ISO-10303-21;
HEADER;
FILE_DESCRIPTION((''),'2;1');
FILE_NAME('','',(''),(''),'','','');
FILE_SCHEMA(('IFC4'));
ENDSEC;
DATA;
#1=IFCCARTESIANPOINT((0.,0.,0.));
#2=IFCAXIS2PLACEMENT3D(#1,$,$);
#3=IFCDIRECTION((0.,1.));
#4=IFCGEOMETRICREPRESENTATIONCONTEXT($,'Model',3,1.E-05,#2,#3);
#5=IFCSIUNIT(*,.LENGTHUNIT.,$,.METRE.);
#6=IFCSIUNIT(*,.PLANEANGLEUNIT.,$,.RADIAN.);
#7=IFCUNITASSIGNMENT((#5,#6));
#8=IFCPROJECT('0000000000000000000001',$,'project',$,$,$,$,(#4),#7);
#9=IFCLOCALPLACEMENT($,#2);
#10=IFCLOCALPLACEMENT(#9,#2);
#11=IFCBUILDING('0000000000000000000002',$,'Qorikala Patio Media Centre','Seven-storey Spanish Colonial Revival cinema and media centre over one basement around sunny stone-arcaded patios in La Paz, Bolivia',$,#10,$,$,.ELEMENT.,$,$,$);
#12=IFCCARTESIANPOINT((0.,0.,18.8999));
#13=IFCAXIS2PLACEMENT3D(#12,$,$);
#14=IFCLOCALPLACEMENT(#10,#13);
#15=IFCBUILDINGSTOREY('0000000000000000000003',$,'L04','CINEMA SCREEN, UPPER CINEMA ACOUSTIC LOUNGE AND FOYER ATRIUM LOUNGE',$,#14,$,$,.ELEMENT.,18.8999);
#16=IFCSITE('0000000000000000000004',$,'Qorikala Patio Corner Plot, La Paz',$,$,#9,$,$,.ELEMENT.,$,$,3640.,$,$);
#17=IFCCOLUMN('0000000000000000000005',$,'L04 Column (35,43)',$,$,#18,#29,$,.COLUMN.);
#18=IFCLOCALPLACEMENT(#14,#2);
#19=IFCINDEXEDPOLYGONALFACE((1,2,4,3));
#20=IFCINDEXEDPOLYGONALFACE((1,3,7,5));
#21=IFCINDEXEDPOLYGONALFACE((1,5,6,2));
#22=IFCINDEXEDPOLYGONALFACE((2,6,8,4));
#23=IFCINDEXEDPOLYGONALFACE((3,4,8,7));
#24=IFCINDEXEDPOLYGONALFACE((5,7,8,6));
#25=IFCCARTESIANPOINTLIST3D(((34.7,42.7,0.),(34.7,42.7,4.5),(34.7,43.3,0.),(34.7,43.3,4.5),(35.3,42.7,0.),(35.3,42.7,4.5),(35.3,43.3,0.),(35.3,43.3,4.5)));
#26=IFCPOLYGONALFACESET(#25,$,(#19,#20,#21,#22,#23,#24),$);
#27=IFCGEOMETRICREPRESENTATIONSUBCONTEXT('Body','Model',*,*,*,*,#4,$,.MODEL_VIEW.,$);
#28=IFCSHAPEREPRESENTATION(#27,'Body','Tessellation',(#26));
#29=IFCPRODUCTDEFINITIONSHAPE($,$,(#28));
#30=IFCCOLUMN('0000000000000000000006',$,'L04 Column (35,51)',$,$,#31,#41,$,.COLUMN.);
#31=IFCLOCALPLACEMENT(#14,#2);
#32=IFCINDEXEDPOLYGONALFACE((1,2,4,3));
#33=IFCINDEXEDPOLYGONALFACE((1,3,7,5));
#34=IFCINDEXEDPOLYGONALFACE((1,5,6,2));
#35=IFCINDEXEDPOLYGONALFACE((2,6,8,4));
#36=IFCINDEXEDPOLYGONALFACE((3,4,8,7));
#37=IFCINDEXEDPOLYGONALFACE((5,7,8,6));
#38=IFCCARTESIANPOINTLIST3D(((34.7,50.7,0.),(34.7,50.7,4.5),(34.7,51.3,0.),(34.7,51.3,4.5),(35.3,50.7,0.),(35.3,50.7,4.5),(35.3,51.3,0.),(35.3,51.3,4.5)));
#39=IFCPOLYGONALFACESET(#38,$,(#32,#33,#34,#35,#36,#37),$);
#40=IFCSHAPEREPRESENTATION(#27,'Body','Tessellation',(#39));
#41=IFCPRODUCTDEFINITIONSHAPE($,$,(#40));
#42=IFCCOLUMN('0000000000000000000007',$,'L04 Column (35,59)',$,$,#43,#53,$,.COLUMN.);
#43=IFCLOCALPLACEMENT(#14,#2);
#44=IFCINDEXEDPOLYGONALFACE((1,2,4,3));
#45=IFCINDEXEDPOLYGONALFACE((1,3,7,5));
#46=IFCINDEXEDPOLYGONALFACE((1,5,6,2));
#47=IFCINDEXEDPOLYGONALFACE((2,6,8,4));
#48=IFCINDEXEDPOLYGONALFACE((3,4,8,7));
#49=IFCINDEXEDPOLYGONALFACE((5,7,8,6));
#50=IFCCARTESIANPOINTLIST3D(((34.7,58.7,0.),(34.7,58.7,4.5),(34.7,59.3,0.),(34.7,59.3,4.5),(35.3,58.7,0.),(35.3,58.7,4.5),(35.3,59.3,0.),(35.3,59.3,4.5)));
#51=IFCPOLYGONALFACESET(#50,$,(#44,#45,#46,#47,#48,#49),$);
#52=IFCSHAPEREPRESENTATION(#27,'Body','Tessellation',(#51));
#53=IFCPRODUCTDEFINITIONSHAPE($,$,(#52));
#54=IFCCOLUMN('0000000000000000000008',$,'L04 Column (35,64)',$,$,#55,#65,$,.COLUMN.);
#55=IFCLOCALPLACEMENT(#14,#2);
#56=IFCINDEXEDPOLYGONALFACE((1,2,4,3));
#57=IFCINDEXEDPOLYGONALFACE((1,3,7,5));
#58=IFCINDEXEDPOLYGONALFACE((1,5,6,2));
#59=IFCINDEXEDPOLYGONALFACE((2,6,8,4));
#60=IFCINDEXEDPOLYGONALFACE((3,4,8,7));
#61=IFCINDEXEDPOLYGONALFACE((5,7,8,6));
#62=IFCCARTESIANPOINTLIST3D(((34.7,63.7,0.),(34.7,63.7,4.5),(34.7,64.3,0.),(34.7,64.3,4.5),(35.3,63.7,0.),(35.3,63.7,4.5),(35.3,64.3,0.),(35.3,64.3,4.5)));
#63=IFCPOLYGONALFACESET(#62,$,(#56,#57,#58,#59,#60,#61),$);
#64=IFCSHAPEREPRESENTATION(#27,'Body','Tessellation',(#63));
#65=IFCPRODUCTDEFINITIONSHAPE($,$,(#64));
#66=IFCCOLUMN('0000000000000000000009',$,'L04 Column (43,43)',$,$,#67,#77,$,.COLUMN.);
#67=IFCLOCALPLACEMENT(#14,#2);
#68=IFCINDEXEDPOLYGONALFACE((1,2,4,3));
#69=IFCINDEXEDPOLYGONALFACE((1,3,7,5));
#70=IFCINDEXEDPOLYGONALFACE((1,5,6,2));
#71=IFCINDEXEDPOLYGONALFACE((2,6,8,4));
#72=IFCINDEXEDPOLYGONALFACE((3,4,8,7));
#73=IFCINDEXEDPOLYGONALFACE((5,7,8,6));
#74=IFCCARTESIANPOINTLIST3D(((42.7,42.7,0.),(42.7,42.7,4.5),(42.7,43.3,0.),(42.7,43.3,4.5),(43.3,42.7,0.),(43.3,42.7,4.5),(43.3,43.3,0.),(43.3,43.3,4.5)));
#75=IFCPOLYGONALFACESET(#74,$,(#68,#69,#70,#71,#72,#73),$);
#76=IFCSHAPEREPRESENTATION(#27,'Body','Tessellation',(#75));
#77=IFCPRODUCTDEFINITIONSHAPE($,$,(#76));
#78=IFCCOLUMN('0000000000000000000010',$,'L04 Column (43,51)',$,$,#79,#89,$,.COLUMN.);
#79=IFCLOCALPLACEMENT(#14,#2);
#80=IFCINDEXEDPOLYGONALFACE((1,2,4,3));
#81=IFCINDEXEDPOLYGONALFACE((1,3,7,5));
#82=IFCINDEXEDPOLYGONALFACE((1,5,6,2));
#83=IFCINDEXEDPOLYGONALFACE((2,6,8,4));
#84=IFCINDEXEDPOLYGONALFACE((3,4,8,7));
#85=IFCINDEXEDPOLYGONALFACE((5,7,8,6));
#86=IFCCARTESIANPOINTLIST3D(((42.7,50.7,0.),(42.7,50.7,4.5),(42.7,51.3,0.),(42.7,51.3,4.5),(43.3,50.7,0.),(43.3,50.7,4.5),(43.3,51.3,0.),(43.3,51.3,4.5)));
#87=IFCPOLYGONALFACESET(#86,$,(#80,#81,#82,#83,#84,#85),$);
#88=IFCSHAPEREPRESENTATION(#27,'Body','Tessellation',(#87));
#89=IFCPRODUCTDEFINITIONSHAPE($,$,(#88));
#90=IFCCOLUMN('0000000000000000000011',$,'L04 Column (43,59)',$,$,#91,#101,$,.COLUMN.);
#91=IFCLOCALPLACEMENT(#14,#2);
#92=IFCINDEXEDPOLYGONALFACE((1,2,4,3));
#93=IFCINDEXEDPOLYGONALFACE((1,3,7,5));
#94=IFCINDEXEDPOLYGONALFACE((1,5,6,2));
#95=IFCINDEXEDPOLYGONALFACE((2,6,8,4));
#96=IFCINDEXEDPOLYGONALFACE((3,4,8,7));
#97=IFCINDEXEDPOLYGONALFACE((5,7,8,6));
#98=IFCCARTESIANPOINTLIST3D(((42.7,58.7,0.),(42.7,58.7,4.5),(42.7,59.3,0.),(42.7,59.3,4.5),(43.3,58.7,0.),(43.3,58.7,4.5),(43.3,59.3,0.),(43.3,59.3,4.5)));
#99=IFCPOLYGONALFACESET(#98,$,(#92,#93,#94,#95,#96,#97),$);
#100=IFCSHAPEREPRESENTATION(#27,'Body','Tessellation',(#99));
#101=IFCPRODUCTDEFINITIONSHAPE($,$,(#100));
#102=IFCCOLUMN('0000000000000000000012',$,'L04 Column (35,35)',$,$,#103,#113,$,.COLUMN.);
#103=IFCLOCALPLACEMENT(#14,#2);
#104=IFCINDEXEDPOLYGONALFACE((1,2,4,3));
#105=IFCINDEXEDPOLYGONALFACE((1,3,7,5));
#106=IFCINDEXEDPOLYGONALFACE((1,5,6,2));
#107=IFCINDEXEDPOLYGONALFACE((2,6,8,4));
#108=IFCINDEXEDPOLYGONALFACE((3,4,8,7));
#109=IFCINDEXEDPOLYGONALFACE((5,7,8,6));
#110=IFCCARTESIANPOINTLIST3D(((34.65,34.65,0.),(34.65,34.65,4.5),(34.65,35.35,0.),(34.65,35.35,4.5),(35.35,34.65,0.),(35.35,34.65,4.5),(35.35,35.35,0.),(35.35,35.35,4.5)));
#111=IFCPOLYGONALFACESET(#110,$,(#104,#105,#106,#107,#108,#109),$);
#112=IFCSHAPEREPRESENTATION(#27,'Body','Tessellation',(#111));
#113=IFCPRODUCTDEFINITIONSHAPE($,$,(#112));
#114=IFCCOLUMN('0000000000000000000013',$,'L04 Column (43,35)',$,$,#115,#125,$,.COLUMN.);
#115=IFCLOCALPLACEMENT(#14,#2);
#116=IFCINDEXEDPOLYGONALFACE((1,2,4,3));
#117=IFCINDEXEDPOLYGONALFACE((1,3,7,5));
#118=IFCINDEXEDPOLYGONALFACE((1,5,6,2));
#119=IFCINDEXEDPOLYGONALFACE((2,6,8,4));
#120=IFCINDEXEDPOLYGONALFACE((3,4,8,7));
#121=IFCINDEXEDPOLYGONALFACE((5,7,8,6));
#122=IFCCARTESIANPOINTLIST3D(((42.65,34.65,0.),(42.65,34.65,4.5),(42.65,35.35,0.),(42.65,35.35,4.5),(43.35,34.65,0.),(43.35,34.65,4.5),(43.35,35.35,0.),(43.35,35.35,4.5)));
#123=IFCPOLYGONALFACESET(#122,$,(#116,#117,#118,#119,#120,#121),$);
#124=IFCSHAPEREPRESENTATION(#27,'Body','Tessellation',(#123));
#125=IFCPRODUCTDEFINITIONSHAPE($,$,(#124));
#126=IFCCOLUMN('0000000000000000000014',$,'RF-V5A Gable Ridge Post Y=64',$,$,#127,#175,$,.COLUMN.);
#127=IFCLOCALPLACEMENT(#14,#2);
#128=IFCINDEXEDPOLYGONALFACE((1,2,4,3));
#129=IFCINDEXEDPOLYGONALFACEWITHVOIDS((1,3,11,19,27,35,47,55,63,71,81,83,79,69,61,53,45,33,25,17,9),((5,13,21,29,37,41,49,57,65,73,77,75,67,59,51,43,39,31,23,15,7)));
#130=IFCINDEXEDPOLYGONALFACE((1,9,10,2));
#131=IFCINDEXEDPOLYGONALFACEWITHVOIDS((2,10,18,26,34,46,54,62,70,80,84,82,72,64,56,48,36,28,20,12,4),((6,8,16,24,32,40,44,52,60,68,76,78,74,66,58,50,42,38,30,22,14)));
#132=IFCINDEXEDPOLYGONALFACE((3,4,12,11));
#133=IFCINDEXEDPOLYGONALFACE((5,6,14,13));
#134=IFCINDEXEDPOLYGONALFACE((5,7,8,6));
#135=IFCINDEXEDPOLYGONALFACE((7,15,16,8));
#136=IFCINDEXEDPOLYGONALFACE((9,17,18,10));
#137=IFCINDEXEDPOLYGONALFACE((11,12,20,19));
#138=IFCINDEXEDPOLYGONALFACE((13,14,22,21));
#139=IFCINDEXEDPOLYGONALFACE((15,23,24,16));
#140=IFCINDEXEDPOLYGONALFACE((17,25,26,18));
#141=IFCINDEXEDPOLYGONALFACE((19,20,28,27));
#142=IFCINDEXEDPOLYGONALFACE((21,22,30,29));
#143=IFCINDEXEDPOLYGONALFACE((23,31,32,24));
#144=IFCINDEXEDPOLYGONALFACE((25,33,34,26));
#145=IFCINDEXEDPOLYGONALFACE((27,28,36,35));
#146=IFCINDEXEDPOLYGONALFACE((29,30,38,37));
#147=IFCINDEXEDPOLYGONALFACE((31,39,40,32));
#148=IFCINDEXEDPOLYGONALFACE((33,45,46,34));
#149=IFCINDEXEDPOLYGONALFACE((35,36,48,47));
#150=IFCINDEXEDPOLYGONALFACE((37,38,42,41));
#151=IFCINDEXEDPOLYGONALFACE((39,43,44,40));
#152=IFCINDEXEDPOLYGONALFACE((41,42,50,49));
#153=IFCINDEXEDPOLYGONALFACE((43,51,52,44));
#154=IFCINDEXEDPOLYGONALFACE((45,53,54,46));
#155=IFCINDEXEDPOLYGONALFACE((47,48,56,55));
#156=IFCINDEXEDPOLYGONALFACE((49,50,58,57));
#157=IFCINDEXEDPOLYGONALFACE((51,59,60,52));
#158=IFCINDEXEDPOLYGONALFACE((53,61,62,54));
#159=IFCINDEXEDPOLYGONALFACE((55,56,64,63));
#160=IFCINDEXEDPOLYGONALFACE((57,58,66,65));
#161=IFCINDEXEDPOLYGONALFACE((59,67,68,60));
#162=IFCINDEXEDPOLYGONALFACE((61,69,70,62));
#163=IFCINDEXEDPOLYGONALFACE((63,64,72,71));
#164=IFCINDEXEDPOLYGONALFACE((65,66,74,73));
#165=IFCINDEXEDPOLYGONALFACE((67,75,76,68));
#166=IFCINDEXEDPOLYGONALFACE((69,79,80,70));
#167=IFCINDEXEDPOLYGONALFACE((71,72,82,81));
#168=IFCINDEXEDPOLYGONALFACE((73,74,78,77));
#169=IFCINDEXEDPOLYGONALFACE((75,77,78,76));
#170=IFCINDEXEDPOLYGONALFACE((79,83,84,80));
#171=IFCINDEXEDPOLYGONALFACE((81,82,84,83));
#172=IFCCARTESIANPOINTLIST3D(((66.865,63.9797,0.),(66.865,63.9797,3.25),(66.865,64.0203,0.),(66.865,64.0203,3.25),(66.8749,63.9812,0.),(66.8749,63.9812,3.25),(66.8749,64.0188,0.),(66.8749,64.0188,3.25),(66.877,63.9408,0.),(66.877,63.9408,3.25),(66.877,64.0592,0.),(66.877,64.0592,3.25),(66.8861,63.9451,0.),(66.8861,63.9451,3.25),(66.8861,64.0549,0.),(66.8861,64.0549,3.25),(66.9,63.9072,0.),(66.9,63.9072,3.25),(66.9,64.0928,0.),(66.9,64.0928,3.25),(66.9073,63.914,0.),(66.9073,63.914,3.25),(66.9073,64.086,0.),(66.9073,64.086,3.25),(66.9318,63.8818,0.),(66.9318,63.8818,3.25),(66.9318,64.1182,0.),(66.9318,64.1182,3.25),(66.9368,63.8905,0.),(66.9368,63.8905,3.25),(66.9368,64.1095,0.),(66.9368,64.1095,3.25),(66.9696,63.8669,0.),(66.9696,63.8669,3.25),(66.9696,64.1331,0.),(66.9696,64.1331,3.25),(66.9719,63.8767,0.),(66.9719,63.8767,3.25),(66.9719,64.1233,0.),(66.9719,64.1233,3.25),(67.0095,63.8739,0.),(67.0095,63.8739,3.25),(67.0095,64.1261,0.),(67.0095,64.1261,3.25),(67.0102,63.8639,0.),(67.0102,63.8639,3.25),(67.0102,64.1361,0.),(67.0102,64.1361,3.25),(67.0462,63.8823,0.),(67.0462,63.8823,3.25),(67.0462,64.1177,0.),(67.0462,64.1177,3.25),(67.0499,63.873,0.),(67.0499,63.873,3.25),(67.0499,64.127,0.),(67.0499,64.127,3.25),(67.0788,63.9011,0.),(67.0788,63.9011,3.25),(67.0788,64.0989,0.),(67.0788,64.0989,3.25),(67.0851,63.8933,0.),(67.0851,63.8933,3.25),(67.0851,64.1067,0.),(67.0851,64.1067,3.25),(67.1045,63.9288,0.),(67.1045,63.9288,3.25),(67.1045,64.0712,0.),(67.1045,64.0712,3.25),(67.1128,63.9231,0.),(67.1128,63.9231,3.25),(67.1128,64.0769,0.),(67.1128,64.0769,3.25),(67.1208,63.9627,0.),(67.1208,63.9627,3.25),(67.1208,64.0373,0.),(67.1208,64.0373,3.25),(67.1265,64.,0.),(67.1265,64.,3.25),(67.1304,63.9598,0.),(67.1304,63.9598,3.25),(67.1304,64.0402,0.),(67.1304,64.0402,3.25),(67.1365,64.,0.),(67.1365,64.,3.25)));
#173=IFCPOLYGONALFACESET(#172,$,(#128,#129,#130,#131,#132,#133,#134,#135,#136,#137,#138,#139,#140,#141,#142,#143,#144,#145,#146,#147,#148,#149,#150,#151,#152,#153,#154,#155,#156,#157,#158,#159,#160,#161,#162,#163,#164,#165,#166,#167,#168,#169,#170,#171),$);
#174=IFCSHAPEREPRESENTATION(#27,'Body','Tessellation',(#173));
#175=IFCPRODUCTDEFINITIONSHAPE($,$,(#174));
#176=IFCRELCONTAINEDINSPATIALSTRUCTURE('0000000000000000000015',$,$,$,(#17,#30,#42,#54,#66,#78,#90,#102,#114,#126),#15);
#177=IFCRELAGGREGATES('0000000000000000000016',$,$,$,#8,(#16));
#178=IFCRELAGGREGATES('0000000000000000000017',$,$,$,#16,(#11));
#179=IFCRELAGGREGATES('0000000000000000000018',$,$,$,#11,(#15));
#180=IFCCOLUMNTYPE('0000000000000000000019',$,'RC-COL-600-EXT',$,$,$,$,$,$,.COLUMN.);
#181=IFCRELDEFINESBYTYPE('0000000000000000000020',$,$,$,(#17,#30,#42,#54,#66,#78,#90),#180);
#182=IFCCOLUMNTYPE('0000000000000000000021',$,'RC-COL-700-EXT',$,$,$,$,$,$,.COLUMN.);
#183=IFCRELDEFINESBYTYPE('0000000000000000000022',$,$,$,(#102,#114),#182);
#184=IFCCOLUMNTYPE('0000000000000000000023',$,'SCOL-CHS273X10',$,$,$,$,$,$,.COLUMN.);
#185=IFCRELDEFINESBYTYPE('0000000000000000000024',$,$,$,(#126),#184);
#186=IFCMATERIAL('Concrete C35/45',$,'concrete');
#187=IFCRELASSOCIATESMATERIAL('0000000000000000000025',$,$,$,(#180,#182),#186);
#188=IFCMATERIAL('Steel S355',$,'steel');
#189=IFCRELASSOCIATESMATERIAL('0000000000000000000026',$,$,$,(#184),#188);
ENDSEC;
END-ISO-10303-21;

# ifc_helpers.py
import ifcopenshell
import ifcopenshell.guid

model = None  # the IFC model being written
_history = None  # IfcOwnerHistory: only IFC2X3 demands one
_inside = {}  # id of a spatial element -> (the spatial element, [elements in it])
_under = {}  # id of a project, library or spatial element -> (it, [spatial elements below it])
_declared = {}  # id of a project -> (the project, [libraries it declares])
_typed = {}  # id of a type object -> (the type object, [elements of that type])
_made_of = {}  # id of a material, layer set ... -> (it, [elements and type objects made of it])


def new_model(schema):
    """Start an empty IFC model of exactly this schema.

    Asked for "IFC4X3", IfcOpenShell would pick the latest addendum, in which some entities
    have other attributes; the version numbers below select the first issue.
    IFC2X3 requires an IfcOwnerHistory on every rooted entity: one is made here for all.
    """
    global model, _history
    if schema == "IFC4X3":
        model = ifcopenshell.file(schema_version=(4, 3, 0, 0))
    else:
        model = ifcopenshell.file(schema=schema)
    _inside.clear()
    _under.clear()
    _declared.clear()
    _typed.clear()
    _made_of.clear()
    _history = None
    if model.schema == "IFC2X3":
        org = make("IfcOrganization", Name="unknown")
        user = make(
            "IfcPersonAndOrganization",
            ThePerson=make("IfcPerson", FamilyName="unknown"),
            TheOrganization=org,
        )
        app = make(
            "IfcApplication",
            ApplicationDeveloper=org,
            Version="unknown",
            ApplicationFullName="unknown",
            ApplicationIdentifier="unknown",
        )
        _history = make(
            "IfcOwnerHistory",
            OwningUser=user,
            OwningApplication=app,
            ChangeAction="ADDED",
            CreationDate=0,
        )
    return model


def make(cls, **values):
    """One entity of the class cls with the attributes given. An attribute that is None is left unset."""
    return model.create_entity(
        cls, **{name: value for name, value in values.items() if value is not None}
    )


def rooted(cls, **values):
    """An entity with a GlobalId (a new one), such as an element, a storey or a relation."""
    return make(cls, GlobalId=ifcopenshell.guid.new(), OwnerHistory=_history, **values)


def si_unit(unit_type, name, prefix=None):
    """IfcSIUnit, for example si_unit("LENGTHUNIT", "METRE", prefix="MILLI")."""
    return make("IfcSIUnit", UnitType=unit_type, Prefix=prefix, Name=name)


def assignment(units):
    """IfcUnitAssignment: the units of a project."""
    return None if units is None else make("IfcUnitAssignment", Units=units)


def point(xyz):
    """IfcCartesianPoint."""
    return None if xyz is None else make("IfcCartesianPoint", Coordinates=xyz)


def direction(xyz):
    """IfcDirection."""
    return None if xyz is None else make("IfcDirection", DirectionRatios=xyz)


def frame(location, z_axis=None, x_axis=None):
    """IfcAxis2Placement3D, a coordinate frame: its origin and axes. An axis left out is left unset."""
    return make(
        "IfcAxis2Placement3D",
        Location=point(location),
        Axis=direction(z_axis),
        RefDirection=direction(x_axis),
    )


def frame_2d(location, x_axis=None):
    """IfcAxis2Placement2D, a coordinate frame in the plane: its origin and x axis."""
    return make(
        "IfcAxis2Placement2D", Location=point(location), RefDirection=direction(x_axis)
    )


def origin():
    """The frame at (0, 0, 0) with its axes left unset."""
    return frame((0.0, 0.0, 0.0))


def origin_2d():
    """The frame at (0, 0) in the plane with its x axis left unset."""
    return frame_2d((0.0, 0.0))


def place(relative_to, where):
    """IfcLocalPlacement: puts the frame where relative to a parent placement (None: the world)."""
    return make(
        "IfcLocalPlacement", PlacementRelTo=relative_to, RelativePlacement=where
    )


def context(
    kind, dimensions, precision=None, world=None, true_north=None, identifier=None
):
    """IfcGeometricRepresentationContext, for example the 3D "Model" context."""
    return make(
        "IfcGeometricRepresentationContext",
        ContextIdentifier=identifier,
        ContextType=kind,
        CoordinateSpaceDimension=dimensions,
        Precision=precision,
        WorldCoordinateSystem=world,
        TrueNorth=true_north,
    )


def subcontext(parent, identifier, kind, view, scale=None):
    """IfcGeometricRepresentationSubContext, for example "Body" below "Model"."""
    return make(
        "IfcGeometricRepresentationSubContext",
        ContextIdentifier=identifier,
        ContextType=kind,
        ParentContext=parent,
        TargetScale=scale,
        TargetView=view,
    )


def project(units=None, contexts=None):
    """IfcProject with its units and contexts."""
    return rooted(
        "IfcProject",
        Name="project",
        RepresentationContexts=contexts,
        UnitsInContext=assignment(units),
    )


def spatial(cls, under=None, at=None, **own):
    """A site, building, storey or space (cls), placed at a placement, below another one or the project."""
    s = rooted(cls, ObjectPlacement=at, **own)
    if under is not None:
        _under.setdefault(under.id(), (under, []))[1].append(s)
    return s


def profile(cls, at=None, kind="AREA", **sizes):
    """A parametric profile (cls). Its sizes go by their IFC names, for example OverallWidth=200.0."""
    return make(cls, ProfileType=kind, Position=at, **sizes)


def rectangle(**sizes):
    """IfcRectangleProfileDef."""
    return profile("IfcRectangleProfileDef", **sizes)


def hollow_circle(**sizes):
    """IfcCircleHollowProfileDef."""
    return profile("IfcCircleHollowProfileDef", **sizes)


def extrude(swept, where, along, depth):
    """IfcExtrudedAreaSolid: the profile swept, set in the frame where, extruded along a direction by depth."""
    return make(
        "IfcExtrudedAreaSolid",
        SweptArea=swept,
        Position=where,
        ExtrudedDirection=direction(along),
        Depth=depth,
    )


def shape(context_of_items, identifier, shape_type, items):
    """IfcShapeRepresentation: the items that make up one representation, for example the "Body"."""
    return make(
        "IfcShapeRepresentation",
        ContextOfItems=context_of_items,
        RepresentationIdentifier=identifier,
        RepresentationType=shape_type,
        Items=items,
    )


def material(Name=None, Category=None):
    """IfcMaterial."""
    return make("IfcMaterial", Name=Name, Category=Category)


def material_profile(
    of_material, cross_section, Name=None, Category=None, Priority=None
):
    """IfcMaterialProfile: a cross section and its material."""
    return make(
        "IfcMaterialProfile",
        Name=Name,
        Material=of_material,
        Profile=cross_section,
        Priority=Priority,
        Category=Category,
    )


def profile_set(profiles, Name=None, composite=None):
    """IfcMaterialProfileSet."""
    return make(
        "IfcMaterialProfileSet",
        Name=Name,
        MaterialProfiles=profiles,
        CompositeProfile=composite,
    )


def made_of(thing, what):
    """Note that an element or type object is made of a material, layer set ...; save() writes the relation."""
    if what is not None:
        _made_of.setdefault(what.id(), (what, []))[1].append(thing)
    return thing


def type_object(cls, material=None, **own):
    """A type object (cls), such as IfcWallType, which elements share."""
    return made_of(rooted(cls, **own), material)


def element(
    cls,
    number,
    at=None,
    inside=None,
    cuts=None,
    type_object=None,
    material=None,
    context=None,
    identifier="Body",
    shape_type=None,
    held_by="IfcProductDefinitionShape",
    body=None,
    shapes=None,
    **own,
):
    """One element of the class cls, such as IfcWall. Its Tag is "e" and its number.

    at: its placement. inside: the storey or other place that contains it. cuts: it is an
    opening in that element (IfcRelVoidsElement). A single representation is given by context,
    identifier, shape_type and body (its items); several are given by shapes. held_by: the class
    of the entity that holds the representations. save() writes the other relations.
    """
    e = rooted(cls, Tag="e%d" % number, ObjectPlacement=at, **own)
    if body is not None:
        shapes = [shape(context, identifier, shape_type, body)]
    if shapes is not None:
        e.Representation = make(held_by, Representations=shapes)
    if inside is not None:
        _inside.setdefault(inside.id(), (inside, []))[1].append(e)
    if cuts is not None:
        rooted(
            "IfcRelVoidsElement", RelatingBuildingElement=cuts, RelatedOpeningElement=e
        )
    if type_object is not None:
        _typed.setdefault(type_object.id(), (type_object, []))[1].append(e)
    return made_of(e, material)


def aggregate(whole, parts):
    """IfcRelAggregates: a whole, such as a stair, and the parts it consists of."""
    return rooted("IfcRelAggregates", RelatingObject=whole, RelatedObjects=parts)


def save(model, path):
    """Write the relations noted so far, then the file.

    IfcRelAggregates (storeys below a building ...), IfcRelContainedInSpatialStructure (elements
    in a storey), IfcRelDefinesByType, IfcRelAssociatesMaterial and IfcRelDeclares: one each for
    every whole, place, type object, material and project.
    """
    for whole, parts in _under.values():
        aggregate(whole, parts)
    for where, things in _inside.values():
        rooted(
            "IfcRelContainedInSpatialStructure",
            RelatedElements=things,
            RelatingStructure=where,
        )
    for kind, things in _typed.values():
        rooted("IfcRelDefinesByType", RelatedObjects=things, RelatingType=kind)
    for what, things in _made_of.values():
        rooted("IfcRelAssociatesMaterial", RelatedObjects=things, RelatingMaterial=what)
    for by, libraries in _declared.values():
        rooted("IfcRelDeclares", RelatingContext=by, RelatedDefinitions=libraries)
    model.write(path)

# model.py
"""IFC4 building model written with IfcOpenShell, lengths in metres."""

from ifc_helpers import new_model, si_unit, direction, frame, origin, origin_2d, place, context, subcontext, project, spatial, rectangle, hollow_circle, extrude, material, material_profile, profile_set, type_object, element, save


model = new_model("IFC4")

# Units and contexts
model_context = context("Model", 3, precision=1e-05, world=origin(), true_north=direction((0.0, 1.0)))
body_context = subcontext(model_context, "Body", "Model", "MODEL_VIEW")
ifc_project = project(units=[si_unit("LENGTHUNIT", "METRE"), si_unit("PLANEANGLEUNIT", "RADIAN")], contexts=[model_context])

# Site, building, storey
site_placement = place(None, origin())
site = spatial("IfcSite", under=ifc_project, at=site_placement, Name="Qorikala Patio Corner Plot, La Paz", CompositionType="ELEMENT", RefElevation=3640.0)
building_placement = place(site_placement, origin())
building = spatial("IfcBuilding", under=site, at=building_placement, Name="Qorikala Patio Media Centre", Description="Seven-storey Spanish Colonial Revival cinema and media centre over one basement around sunny stone-arcaded patios in La Paz, Bolivia", CompositionType="ELEMENT")
storey_placement = place(building_placement, frame((0.0, 0.0, 18.8999)))
storey = spatial("IfcBuildingStorey", under=building, at=storey_placement, Name="L04", Description="CINEMA SCREEN, UPPER CINEMA ACOUSTIC LOUNGE AND FOYER ATRIUM LOUNGE", CompositionType="ELEMENT", Elevation=18.8999)

# Columns
ifc_material_1 = material(Name="Concrete C35/45", Category="concrete")
ifc_material_profile_1 = material_profile(ifc_material_1, rectangle(XDim=0.6001, YDim=0.6001, at=origin_2d()), Name="RC 600x600")
ifc_profile_set_1 = profile_set([ifc_material_profile_1], Name="Concrete C35/45")
column_type_1 = type_object("IfcColumnType", Name="RC-COL-600-EXT", PredefinedType="COLUMN", material=ifc_profile_set_1)
for number, where, z_axis, x_axis, name in (
    (1, (35.0, 43.0, 0.0), (0.0, 0.0, 1.0), (1.0, 0.0, 0.0), "L04 Column (35,43)"),
    (2, (35.0, 51.0, 0.0), (0.0, 0.0, 1.0), (1.0, 0.0, 0.0), "L04 Column (35,51)"),
    (3, (35.0, 59.0, 0.0), (0.0, 0.0, 1.0), (1.0, 0.0, 0.0), "L04 Column (35,59)"),
    (4, (35.0, 64.0, 0.0), (0.0, 0.0, 1.0), (1.0, 0.0, 0.0), "L04 Column (35,64)"),
    (5, (43.0, 43.0, 0.0), (0.0, 0.0, 1.0), (1.0, 0.0, 0.0), "L04 Column (43,43)"),
    (6, (43.0, 51.0, 0.0), (0.0, 0.0, 1.0), (1.0, 0.0, 0.0), "L04 Column (43,51)"),
    (7, (43.0, 59.0, 0.0), (0.0, 0.0, 1.0), (1.0, 0.0, 0.0), "L04 Column (43,59)"),
):
    element("IfcColumn", number, at=place(storey_placement, frame(where, z_axis=z_axis, x_axis=x_axis)), inside=storey, type_object=column_type_1, Name=name, PredefinedType="COLUMN", context=body_context, shape_type="SweptSolid", body=[
        extrude(rectangle(XDim=0.6001, YDim=0.6001, at=origin_2d()), origin(), (0.0, 0.0, 1.0), 4.5),
    ])
ifc_material_profile_2 = material_profile(ifc_material_1, rectangle(XDim=0.7, YDim=0.7, at=origin_2d()), Name="RC 700x700")
ifc_profile_set_2 = profile_set([ifc_material_profile_2], Name="Concrete C35/45")
column_type_2 = type_object("IfcColumnType", Name="RC-COL-700-EXT", PredefinedType="COLUMN", material=ifc_profile_set_2)
for number, where, z_axis, x_axis, name in (
    (8, (35.0, 35.0, 0.0), (0.0, 0.0, 1.0), (1.0, 0.0, 0.0), "L04 Column (35,35)"),
    (9, (43.0, 35.0, 0.0), (0.0, 0.0, 1.0), (1.0, 0.0, 0.0), "L04 Column (43,35)"),
):
    element("IfcColumn", number, at=place(storey_placement, frame(where, z_axis=z_axis, x_axis=x_axis)), inside=storey, type_object=column_type_2, Name=name, PredefinedType="COLUMN", context=body_context, shape_type="SweptSolid", body=[
        extrude(rectangle(XDim=0.7, YDim=0.7, at=origin_2d()), origin(), (0.0, 0.0, 1.0), 4.5),
    ])
ifc_material_2 = material(Name="Steel S355", Category="steel")
ifc_material_profile_3 = material_profile(ifc_material_2, hollow_circle(Radius=0.1365, WallThickness=0.01, at=origin_2d()), Name="CHS273X10")
ifc_profile_set_3 = profile_set([ifc_material_profile_3], Name="Steel S355")
column_type_3 = type_object("IfcColumnType", Name="SCOL-CHS273X10", PredefinedType="COLUMN", material=ifc_profile_set_3)
column_1_placement = place(storey_placement, frame((67.0, 64.0, 0.0), z_axis=(0.0, 0.0, 1.0), x_axis=(1.0, 0.0, 0.0)))
element("IfcColumn", 10, at=column_1_placement, inside=storey, type_object=column_type_3, Name="RF-V5A Gable Ridge Post Y=64", PredefinedType="COLUMN", context=body_context, shape_type="SweptSolid", body=[
    extrude(hollow_circle(Radius=0.1365, WallThickness=0.01, at=origin_2d()), origin(), (0.0, 0.0, 1.0), 3.25),
])

save(model, "model.ifc")
